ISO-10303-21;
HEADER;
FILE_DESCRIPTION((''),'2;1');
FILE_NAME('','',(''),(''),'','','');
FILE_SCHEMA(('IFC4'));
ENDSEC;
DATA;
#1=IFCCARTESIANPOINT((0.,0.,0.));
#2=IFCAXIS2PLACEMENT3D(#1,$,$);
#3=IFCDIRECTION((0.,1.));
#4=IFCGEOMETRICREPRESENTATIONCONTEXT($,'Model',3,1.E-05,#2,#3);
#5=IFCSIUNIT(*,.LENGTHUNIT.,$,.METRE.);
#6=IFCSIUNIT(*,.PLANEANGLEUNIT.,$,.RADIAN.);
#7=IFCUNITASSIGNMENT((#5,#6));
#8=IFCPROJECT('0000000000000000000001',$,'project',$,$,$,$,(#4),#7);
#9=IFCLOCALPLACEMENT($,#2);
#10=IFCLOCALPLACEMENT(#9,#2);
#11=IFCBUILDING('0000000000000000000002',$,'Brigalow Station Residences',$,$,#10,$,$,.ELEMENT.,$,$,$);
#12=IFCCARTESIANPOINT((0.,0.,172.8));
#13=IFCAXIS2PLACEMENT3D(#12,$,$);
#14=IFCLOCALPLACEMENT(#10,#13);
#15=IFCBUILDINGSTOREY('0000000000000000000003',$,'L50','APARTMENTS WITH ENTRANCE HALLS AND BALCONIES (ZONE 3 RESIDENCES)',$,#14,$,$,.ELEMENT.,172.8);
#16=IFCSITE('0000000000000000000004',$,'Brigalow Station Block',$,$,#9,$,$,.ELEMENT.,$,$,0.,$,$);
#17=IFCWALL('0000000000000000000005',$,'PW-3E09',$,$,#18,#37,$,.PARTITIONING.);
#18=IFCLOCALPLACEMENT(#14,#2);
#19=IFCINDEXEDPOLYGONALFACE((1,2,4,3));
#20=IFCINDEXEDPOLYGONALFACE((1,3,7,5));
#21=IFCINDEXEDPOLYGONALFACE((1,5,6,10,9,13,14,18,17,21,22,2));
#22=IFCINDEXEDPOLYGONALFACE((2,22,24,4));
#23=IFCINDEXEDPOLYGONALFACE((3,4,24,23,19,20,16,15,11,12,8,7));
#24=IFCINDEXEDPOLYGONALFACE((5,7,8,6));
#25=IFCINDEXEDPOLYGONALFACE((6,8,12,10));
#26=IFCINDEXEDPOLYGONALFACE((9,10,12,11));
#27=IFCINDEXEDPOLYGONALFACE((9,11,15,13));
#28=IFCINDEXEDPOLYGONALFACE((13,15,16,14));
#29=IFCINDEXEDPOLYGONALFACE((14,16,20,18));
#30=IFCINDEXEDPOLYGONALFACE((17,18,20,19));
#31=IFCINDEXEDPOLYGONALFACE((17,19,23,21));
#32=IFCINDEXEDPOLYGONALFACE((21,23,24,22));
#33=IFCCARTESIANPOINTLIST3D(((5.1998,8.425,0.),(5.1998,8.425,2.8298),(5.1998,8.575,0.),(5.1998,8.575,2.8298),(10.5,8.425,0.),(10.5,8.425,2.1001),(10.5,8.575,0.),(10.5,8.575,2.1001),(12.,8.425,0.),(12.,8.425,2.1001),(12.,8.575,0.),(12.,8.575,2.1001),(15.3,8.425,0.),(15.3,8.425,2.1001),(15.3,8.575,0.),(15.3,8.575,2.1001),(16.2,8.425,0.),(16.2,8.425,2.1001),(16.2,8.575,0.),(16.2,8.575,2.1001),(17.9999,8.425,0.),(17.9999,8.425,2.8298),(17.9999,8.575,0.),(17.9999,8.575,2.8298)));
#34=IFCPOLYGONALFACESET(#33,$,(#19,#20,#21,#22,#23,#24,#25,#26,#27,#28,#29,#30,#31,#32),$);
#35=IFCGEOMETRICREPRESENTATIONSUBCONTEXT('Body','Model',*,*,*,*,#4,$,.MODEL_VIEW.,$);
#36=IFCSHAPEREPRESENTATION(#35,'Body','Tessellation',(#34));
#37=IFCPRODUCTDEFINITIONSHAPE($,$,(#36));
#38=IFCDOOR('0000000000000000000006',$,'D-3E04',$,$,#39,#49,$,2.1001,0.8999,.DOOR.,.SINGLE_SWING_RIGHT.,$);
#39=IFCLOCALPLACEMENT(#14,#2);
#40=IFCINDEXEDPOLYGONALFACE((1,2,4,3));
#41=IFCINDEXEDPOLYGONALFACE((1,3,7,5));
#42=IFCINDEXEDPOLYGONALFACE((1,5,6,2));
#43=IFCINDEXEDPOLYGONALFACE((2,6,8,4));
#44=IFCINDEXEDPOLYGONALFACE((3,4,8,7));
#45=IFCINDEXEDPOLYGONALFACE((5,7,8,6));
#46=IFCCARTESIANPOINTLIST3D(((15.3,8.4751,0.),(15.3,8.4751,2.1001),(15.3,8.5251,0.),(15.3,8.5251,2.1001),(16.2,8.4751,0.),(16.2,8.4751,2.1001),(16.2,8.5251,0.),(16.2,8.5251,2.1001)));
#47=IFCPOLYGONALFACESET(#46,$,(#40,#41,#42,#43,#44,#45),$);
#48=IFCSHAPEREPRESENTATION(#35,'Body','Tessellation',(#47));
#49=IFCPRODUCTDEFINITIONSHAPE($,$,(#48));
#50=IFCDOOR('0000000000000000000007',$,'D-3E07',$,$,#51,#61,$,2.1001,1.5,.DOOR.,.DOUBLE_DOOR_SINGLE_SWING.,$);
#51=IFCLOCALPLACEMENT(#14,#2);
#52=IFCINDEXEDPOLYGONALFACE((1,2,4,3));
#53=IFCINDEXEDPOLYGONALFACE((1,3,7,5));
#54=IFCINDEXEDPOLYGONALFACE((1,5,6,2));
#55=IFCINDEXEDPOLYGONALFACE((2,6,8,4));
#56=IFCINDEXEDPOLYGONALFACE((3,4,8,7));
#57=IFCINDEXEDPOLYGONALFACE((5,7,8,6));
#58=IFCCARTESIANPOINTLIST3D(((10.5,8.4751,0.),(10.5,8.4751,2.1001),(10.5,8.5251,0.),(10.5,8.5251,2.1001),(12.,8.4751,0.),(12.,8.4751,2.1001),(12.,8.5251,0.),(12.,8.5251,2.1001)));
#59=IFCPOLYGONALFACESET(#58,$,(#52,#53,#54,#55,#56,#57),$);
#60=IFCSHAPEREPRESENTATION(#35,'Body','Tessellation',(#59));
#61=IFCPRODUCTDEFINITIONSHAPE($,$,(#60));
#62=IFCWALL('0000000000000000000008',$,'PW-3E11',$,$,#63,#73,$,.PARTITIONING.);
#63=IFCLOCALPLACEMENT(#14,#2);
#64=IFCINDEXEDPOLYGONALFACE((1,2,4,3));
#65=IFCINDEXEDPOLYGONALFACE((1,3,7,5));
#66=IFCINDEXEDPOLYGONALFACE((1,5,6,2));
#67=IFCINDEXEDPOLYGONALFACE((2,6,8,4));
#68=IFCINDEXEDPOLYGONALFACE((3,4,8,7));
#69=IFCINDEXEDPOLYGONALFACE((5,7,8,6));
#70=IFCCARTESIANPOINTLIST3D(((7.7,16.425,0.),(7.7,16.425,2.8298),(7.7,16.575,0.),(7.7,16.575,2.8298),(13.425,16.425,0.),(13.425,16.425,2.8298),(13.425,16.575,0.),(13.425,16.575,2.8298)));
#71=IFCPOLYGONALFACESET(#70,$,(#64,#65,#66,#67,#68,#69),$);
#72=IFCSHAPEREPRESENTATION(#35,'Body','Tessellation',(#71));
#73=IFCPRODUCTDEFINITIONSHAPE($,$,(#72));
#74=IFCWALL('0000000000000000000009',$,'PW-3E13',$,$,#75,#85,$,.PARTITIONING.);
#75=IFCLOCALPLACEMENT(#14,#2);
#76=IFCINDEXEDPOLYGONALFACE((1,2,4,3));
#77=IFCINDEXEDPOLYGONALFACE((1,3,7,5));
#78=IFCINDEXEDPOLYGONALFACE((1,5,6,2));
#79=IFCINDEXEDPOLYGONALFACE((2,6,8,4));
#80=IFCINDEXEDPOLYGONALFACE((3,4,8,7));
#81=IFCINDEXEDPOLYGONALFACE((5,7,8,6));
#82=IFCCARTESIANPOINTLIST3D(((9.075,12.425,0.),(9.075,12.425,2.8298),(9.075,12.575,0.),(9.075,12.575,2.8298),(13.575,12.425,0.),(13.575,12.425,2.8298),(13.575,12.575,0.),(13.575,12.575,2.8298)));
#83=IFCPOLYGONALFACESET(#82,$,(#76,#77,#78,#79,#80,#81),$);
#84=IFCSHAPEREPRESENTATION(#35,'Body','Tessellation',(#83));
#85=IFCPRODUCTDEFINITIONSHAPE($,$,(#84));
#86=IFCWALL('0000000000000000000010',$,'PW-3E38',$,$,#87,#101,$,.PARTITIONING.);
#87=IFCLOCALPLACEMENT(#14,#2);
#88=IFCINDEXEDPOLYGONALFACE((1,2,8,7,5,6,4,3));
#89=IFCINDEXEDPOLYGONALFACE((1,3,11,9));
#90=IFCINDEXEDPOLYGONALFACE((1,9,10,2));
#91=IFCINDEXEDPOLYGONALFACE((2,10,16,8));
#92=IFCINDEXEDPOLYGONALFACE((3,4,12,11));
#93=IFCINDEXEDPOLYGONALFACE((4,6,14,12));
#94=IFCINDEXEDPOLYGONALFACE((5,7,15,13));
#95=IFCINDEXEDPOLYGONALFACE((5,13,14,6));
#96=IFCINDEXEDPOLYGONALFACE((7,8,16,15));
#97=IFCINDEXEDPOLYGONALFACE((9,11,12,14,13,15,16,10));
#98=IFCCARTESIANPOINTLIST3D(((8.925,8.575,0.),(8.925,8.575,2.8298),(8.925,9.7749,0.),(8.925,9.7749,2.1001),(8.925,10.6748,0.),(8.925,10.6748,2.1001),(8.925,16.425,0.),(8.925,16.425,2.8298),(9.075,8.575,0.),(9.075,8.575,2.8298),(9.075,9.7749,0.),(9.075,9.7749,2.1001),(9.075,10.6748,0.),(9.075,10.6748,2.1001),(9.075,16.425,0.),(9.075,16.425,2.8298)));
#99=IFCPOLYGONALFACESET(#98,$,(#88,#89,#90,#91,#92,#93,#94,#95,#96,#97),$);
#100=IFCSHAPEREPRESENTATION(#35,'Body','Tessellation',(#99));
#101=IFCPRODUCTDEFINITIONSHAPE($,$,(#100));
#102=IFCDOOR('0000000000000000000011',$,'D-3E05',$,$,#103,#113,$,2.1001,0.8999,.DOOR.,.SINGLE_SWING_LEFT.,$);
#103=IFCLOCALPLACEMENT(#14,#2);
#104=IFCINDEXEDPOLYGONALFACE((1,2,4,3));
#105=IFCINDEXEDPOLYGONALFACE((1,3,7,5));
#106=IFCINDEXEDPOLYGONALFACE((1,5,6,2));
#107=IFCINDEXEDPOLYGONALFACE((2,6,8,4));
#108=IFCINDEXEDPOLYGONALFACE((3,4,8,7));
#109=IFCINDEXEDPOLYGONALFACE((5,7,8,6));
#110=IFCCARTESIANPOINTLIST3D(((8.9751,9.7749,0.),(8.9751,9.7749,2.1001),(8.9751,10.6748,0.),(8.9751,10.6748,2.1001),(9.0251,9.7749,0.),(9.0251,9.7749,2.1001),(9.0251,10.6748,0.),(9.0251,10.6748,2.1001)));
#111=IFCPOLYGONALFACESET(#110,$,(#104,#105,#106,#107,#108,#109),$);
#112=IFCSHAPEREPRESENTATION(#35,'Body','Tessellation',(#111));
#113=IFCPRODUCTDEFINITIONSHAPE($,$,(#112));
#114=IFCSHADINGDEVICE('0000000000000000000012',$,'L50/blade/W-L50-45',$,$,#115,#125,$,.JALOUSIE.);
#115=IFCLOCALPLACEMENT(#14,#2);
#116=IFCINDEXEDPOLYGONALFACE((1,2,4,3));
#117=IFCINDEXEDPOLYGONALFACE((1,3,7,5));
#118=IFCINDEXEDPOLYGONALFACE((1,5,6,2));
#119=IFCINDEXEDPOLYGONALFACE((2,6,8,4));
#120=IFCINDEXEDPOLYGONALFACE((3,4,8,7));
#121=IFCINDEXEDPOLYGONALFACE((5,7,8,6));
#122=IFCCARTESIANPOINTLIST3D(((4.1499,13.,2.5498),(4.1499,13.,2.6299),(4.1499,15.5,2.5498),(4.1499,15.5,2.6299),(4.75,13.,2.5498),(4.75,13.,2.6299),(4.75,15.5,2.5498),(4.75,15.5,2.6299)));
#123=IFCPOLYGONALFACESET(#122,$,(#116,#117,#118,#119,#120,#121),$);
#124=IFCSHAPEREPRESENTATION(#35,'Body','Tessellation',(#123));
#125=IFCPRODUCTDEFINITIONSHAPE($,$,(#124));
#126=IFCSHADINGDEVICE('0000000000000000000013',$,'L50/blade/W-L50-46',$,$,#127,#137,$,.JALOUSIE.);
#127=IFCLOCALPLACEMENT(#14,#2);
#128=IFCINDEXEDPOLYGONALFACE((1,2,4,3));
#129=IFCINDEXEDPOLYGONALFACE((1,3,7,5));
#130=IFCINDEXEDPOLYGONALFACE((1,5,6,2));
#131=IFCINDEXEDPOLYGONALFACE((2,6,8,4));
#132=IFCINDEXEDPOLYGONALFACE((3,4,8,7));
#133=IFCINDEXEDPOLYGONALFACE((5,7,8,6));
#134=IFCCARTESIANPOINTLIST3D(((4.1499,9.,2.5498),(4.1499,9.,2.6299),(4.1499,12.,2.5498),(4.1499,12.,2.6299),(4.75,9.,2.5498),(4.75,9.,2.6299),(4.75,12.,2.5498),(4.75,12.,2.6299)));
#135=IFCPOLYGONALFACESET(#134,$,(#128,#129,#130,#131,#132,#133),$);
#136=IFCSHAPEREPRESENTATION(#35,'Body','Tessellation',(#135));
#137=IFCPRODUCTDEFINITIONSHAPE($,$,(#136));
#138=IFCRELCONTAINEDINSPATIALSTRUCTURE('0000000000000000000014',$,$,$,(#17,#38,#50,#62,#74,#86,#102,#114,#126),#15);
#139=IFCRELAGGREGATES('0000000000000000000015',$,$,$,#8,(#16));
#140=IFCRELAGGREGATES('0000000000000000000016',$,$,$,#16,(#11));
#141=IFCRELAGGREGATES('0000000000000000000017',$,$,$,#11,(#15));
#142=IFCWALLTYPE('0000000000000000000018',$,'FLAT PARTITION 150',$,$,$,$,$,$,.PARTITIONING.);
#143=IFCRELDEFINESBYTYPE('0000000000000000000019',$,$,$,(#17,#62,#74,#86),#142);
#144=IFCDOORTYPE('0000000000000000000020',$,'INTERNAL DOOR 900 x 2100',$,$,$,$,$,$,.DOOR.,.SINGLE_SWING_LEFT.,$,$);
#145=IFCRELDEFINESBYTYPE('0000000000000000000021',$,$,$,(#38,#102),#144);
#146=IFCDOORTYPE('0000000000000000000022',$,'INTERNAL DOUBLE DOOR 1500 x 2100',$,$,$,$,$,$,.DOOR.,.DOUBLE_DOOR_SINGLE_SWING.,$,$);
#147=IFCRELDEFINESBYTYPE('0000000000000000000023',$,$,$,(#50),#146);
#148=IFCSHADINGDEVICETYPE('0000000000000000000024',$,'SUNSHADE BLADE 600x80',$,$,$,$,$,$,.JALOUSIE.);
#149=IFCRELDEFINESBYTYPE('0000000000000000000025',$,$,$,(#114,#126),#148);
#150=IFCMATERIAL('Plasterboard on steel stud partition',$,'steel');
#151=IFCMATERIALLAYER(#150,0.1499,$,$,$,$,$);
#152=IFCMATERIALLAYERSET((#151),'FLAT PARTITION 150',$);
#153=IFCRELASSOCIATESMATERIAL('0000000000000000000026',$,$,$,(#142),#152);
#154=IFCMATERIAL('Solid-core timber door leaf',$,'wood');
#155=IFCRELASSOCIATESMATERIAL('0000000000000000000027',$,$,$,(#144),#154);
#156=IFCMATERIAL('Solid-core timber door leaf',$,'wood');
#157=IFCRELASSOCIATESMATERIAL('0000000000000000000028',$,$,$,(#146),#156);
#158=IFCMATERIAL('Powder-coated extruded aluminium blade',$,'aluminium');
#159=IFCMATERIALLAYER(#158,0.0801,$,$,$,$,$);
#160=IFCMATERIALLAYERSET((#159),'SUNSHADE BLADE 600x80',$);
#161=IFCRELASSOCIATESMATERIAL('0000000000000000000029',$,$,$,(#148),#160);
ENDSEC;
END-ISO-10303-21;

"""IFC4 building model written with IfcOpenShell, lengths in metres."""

from ifc_helpers import new_model, si_unit, direction, frame, frame_2d, origin, origin_2d, place, context, subcontext, project, spatial, rectangle, extrude, material, layer, layer_set, type_object, element, fill, save


model = new_model("IFC4")

# Units and contexts
model_context = context("Model", 3, precision=1e-05, world=origin(), true_north=direction((0.0, 1.0)))
body_context = subcontext(model_context, "Body", "Model", "MODEL_VIEW")
ifc_project = project(units=[si_unit("LENGTHUNIT", "METRE"), si_unit("PLANEANGLEUNIT", "RADIAN")], contexts=[model_context])

# Site, building, storey
site_placement = place(None, origin())
site = spatial("IfcSite", under=ifc_project, at=site_placement, Name="Brigalow Station Block", CompositionType="ELEMENT", RefElevation=0.0)
building_placement = place(site_placement, origin())
building = spatial("IfcBuilding", under=site, at=building_placement, Name="Brigalow Station Residences", CompositionType="ELEMENT")
storey_placement = place(building_placement, frame((0.0, 0.0, 172.8)))
storey = spatial("IfcBuildingStorey", under=building, at=storey_placement, Name="L50", Description="APARTMENTS WITH ENTRANCE HALLS AND BALCONIES (ZONE 3 RESIDENCES)", CompositionType="ELEMENT", Elevation=172.8)

# Wall, openings, doors
ifc_material_1 = material(Name="Plasterboard on steel stud partition", Category="steel")
ifc_layer_1 = layer(ifc_material_1, 0.1499)
ifc_layer_set_1 = layer_set([ifc_layer_1], Name="FLAT PARTITION 150")
wall_type_1 = type_object("IfcWallType", Name="FLAT PARTITION 150", PredefinedType="PARTITIONING", material=ifc_layer_set_1)
wall_1_placement = place(storey_placement, frame((5.2, 8.5, 0.0), z_axis=(0.0, 0.0, 1.0), x_axis=(1.0, 0.0, 0.0)))
wall_1 = element("IfcWall", 1, at=wall_1_placement, inside=storey, type_object=wall_type_1, Name="PW-3E09", PredefinedType="PARTITIONING", context=body_context, shape_type="SweptSolid", body=[
    extrude(rectangle(XDim=12.8, YDim=0.1499, at=frame_2d((6.3999, 0.0))), origin(), (0.0, 0.0, 1.0), 2.8298),
])
opening_1_placement = place(wall_1_placement, frame((10.1001, 0.0, 0.0)))
opening_1 = element("IfcOpeningElement", 2, at=opening_1_placement, cuts=wall_1, PredefinedType="OPENING", context=body_context, shape_type="SweptSolid", body=[
    extrude(rectangle(XDim=0.8999, YDim=2.1001, at=frame_2d((0.45, 1.05))), frame((0.0, 0.085, 0.0), z_axis=(0.0, -1.0, 0.0), x_axis=(1.0, 0.0, 0.0)), (0.0, 0.0, 1.0), 0.1699),
])
opening_2_placement = place(wall_1_placement, frame((5.3, 0.0, 0.0)))
opening_2 = element("IfcOpeningElement", 3, at=opening_2_placement, cuts=wall_1, PredefinedType="OPENING", context=body_context, shape_type="SweptSolid", body=[
    extrude(rectangle(XDim=1.5, YDim=2.1001, at=frame_2d((0.75, 1.05))), frame((0.0, 0.085, 0.0), z_axis=(0.0, -1.0, 0.0), x_axis=(1.0, 0.0, 0.0)), (0.0, 0.0, 1.0), 0.1699),
])
ifc_material_2 = material(Name="Solid-core timber door leaf", Category="wood")
door_type_1 = type_object("IfcDoorType", Name="INTERNAL DOOR 900 x 2100", OperationType="SINGLE_SWING_LEFT", PredefinedType="DOOR", material=ifc_material_2)
door_1_placement = place(opening_1_placement, frame((0.8999, 0.0, 0.0), z_axis=(0.0, 0.0, 1.0), x_axis=(-1.0, 0.0, 0.0)))
door_1 = element("IfcDoor", 4, at=door_1_placement, inside=storey, type_object=door_type_1, Name="D-3E04", OperationType="SINGLE_SWING_RIGHT", OverallHeight=2.1001, OverallWidth=0.8999, PredefinedType="DOOR", context=body_context, shape_type="SweptSolid", body=[
    extrude(rectangle(XDim=0.8999, YDim=2.1001, at=frame_2d((0.45, 1.05))), frame((0.0, 0.0249, 0.0), z_axis=(0.0, -1.0, 0.0), x_axis=(1.0, 0.0, 0.0)), (0.0, 0.0, 1.0), 0.05),
])
fill(opening_1, door_1)
ifc_material_3 = material(Name="Solid-core timber door leaf", Category="wood")
door_type_2 = type_object("IfcDoorType", Name="INTERNAL DOUBLE DOOR 1500 x 2100", OperationType="DOUBLE_DOOR_SINGLE_SWING", PredefinedType="DOOR", material=ifc_material_3)
door_2_placement = place(opening_2_placement, frame((1.5, 0.0, 0.0), z_axis=(0.0, 0.0, 1.0), x_axis=(-1.0, 0.0, 0.0)))
door_2 = element("IfcDoor", 5, at=door_2_placement, inside=storey, type_object=door_type_2, Name="D-3E07", OperationType="DOUBLE_DOOR_SINGLE_SWING", OverallHeight=2.1001, OverallWidth=1.5, PredefinedType="DOOR", context=body_context, shape_type="SweptSolid", body=[
    extrude(rectangle(XDim=1.5, YDim=2.1001, at=frame_2d((0.75, 1.05))), frame((0.0, 0.0249, 0.0), z_axis=(0.0, -1.0, 0.0), x_axis=(1.0, 0.0, 0.0)), (0.0, 0.0, 1.0), 0.05),
])
fill(opening_2, door_2)

# Walls
wall_2_placement = place(storey_placement, frame((7.7, 16.5, 0.0), z_axis=(0.0, 0.0, 1.0), x_axis=(1.0, 0.0, 0.0)))
element("IfcWall", 6, at=wall_2_placement, inside=storey, type_object=wall_type_1, Name="PW-3E11", PredefinedType="PARTITIONING", context=body_context, shape_type="SweptSolid", body=[
    extrude(rectangle(XDim=5.7251, YDim=0.1499, at=frame_2d((2.8625, 0.0))), origin(), (0.0, 0.0, 1.0), 2.8298),
])
wall_3_placement = place(storey_placement, frame((9.075, 12.5, 0.0), z_axis=(0.0, 0.0, 1.0), x_axis=(1.0, 0.0, 0.0)))
element("IfcWall", 7, at=wall_3_placement, inside=storey, type_object=wall_type_1, Name="PW-3E13", PredefinedType="PARTITIONING", context=body_context, shape_type="SweptSolid", body=[
    extrude(rectangle(XDim=4.5, YDim=0.1499, at=frame_2d((2.25, 0.0))), origin(), (0.0, 0.0, 1.0), 2.8298),
])

# Wall, opening, door
wall_4_placement = place(storey_placement, frame((9.0, 8.575, 0.0), z_axis=(0.0, 0.0, 1.0), x_axis=(0.0, 1.0, 0.0)))
wall_4 = element("IfcWall", 8, at=wall_4_placement, inside=storey, type_object=wall_type_1, Name="PW-3E38", PredefinedType="PARTITIONING", context=body_context, shape_type="SweptSolid", body=[
    extrude(rectangle(XDim=7.8501, YDim=0.1499, at=frame_2d((3.925, 0.0))), origin(), (0.0, 0.0, 1.0), 2.8298),
])
opening_3_placement = place(wall_4_placement, frame((1.2, 0.0, 0.0)))
opening_3 = element("IfcOpeningElement", 9, at=opening_3_placement, cuts=wall_4, PredefinedType="OPENING", context=body_context, shape_type="SweptSolid", body=[
    extrude(rectangle(XDim=0.8999, YDim=2.1001, at=frame_2d((0.45, 1.05))), frame((0.0, 0.085, 0.0), z_axis=(0.0, -1.0, 0.0), x_axis=(1.0, 0.0, 0.0)), (0.0, 0.0, 1.0), 0.1699),
])
door_3_placement = place(opening_3_placement, origin())
door_3 = element("IfcDoor", 10, at=door_3_placement, inside=storey, type_object=door_type_1, Name="D-3E05", OperationType="SINGLE_SWING_LEFT", OverallHeight=2.1001, OverallWidth=0.8999, PredefinedType="DOOR", context=body_context, shape_type="SweptSolid", body=[
    extrude(rectangle(XDim=0.8999, YDim=2.1001, at=frame_2d((0.45, 1.05))), frame((0.0, 0.0249, 0.0), z_axis=(0.0, -1.0, 0.0), x_axis=(1.0, 0.0, 0.0)), (0.0, 0.0, 1.0), 0.05),
])
fill(opening_3, door_3)

# Shading devices
ifc_material_4 = material(Name="Powder-coated extruded aluminium blade", Category="aluminium")
ifc_layer_2 = layer(ifc_material_4, 0.0801)
ifc_layer_set_2 = layer_set([ifc_layer_2], Name="SUNSHADE BLADE 600x80")
shading_device_type = type_object("IfcShadingDeviceType", Name="SUNSHADE BLADE 600x80", PredefinedType="JALOUSIE", material=ifc_layer_set_2)
shading_device_1_placement = place(storey_placement, frame((4.45, 14.25, 2.5498), z_axis=(0.0, 0.0, 1.0), x_axis=(0.0, -1.0, 0.0)))
element("IfcShadingDevice", 11, at=shading_device_1_placement, inside=storey, type_object=shading_device_type, Name="L50/blade/W-L50-45", PredefinedType="JALOUSIE", context=body_context, shape_type="SweptSolid", body=[
    extrude(rectangle(XDim=2.5, YDim=0.6001, at=origin_2d()), origin(), (0.0, 0.0, 1.0), 0.0801),
])
shading_device_2_placement = place(storey_placement, frame((4.45, 10.5, 2.5498), z_axis=(0.0, 0.0, 1.0), x_axis=(0.0, -1.0, 0.0)))
element("IfcShadingDevice", 12, at=shading_device_2_placement, inside=storey, type_object=shading_device_type, Name="L50/blade/W-L50-46", PredefinedType="JALOUSIE", context=body_context, shape_type="SweptSolid", body=[
    extrude(rectangle(XDim=3.0, YDim=0.6001, at=origin_2d()), origin(), (0.0, 0.0, 1.0), 0.0801),
])

save(model, "model.ifc")
